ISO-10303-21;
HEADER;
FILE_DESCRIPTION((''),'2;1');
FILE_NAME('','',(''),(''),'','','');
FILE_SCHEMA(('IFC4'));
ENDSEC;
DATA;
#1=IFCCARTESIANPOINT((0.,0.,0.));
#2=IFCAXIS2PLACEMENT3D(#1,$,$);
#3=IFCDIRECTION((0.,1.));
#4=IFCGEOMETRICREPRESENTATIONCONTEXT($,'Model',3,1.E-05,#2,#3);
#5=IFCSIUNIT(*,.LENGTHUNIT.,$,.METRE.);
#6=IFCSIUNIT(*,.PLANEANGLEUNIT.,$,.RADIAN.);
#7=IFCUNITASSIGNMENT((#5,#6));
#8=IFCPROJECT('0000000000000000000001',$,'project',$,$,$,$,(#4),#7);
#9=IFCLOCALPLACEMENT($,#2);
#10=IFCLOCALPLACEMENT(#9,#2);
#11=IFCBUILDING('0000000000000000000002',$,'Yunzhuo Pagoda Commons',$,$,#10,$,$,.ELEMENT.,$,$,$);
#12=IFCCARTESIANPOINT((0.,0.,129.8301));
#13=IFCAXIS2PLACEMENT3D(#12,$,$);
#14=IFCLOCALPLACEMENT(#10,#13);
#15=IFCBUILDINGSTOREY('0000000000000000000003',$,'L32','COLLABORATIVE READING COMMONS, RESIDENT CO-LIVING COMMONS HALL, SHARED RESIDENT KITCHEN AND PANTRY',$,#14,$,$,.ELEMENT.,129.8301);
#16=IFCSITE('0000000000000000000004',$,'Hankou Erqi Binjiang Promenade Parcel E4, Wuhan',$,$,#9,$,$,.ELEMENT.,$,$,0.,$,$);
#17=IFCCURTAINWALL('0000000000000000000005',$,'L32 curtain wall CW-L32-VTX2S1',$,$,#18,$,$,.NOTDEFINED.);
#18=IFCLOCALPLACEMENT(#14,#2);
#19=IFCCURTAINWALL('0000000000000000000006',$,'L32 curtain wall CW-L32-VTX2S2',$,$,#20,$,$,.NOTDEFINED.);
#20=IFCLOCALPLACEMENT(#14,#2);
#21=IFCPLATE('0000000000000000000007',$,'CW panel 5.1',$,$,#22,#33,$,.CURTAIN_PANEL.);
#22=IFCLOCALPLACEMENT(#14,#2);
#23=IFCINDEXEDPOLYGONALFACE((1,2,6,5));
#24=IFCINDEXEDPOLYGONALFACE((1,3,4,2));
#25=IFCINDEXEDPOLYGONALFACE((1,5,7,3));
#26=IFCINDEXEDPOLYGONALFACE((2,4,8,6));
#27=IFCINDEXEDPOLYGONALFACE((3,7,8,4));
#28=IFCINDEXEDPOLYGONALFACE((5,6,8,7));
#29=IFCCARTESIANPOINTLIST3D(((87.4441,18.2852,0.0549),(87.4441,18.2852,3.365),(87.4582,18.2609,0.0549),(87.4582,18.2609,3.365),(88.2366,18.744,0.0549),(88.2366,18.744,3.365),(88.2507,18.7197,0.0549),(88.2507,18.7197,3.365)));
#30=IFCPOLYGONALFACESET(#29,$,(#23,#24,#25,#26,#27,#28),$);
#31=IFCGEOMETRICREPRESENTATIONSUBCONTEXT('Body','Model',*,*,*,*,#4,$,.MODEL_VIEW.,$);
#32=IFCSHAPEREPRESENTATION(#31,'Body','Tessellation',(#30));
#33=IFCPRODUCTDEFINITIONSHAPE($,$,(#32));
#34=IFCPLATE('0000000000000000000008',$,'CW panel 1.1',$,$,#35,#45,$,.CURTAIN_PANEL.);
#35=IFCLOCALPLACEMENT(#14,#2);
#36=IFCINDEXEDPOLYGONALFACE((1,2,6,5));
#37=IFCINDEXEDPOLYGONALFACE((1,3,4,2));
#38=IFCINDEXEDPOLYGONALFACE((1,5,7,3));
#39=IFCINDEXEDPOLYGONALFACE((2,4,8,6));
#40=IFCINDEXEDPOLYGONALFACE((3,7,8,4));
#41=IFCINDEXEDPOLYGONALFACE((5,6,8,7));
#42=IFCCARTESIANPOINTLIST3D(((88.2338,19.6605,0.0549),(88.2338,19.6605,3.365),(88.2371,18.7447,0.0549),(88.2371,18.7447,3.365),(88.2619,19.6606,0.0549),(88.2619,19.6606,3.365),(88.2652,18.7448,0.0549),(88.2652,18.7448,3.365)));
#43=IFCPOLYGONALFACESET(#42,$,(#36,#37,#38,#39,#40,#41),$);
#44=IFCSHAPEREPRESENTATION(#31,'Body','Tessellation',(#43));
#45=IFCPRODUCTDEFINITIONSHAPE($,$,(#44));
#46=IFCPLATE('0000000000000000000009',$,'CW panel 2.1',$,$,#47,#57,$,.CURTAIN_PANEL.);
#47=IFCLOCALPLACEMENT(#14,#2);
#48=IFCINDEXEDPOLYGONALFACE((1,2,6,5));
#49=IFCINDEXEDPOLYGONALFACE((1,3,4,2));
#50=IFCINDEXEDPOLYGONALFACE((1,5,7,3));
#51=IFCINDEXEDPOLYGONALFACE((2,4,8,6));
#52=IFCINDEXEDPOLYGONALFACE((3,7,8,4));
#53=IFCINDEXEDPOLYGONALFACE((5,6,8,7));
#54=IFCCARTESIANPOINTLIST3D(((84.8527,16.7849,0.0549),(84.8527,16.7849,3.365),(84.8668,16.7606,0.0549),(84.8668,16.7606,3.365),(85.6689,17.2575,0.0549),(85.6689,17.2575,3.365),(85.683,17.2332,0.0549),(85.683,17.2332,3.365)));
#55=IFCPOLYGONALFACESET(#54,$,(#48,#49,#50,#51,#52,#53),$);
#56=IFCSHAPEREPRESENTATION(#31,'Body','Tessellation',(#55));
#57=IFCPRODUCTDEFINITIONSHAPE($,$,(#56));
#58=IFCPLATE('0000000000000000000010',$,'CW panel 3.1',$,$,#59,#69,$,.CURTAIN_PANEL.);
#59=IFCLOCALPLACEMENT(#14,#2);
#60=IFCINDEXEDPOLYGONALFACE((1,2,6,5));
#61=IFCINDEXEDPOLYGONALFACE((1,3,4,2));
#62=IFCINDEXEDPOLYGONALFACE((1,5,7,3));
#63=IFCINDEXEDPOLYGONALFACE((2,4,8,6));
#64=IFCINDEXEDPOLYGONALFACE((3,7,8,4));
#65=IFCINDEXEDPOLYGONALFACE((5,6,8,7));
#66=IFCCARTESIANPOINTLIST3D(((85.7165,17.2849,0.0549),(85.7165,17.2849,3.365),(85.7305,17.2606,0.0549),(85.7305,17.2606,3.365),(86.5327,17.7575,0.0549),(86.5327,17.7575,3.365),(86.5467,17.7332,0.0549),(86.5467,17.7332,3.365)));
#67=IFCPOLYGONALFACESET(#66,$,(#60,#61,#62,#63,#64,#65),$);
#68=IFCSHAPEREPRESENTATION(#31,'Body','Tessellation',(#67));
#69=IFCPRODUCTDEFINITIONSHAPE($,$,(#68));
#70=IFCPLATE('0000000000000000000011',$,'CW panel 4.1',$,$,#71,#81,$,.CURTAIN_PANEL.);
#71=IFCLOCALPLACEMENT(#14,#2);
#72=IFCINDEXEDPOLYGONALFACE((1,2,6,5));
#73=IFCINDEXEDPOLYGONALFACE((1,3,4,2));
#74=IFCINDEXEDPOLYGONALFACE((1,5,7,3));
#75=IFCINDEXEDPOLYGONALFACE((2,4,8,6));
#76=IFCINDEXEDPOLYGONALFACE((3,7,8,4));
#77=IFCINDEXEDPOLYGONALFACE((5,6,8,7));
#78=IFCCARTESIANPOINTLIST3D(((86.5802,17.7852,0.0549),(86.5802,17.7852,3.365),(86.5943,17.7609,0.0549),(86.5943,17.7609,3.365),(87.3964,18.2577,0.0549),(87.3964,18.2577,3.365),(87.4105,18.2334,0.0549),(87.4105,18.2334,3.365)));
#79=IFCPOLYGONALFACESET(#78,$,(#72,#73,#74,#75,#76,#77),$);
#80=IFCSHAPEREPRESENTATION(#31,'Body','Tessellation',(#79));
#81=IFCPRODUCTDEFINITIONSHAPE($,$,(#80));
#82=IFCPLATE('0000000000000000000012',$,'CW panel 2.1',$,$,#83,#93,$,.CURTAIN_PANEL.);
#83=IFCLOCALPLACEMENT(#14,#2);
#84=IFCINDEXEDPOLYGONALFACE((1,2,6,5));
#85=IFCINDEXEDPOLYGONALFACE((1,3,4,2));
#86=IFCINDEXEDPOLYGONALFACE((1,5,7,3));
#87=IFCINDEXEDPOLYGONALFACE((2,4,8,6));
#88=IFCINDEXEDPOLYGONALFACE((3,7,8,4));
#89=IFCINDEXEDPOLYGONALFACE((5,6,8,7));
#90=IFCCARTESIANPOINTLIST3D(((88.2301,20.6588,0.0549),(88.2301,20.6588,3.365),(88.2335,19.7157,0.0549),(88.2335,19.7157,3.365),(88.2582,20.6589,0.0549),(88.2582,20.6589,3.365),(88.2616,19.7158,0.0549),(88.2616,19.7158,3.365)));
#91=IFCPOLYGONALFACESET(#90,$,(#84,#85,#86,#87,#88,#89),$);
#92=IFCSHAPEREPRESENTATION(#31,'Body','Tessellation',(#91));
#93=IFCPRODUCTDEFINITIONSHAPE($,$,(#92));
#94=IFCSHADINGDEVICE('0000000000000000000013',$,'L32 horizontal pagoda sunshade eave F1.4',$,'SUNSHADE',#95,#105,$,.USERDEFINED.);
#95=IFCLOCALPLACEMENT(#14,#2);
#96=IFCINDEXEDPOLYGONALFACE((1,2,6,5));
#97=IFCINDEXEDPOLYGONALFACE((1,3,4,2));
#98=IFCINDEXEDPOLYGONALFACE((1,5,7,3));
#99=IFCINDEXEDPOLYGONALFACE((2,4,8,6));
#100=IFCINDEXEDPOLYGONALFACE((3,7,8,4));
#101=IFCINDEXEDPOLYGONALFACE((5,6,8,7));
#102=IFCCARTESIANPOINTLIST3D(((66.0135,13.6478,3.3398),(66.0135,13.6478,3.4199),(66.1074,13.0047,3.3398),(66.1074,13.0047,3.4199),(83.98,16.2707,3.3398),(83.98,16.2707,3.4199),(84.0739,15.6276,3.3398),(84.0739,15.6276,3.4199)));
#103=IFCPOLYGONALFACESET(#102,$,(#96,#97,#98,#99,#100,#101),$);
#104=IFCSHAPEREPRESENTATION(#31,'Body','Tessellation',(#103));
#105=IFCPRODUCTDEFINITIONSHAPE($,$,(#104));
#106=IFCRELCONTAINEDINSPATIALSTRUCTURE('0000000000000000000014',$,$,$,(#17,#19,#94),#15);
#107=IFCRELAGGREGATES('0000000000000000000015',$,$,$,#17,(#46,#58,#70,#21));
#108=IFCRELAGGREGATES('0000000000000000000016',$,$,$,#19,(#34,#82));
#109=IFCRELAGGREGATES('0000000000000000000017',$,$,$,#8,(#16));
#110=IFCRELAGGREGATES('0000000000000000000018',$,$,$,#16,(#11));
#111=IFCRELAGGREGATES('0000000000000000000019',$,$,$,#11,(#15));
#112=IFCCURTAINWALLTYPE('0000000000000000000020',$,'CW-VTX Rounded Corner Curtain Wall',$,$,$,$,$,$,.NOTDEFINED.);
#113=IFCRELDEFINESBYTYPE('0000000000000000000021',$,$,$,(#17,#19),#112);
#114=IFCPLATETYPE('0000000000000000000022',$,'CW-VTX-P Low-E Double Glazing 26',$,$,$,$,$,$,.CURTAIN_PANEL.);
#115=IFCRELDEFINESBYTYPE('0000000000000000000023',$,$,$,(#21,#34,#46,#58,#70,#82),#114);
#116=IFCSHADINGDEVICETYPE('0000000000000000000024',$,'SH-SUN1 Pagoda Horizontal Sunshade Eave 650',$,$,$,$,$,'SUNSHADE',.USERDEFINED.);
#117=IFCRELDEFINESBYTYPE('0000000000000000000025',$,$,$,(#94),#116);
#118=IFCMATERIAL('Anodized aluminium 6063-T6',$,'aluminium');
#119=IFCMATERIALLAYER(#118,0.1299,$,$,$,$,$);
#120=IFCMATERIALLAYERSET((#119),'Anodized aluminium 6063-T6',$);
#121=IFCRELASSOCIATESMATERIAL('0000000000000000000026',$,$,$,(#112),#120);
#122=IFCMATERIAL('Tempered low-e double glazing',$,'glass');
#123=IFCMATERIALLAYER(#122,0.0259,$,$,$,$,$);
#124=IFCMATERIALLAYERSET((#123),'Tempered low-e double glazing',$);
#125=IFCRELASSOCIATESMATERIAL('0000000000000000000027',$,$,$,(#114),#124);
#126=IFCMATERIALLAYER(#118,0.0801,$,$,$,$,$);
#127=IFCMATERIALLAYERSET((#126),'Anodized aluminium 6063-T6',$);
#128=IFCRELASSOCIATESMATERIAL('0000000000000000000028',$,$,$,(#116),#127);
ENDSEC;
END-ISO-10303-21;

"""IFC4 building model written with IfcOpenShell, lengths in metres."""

from ifc_helpers import new_model, si_unit, direction, frame, origin, origin_2d, place, context, subcontext, project, spatial, rectangle, extrude, source, transform, mapped, material, layer, layer_set, type_object, element, aggregate, save


model = new_model("IFC4")

# Units and contexts
model_context = context("Model", 3, precision=1e-05, world=origin(), true_north=direction((0.0, 1.0)))
body_context = subcontext(model_context, "Body", "Model", "MODEL_VIEW")
ifc_project = project(units=[si_unit("LENGTHUNIT", "METRE"), si_unit("PLANEANGLEUNIT", "RADIAN")], contexts=[model_context])

# Site, building, storey
site_placement = place(None, origin())
site = spatial("IfcSite", under=ifc_project, at=site_placement, Name="Hankou Erqi Binjiang Promenade Parcel E4, Wuhan", CompositionType="ELEMENT", RefElevation=0.0)
building_placement = place(site_placement, origin())
building = spatial("IfcBuilding", under=site, at=building_placement, Name="Yunzhuo Pagoda Commons", CompositionType="ELEMENT")
storey_placement = place(building_placement, frame((0.0, 0.0, 129.8301)))
storey = spatial("IfcBuildingStorey", under=building, at=storey_placement, Name="L32", Description="COLLABORATIVE READING COMMONS, RESIDENT CO-LIVING COMMONS HALL, SHARED RESIDENT KITCHEN AND PANTRY", CompositionType="ELEMENT", Elevation=129.8301)

# Shared definitions
ifc_material_1 = material(Name="Anodized aluminium 6063-T6", Category="aluminium")

# Curtain wall
ifc_layer_1 = layer(ifc_material_1, 0.1299)
ifc_layer_set_1 = layer_set([ifc_layer_1], Name="Anodized aluminium 6063-T6")
curtain_wall_type_1 = type_object("IfcCurtainWallType", Name="CW-VTX Rounded Corner Curtain Wall", PredefinedType="NOTDEFINED", material=ifc_layer_set_1)
curtain_wall_1_placement = place(storey_placement, origin())
curtain_wall_1 = element("IfcCurtainWall", 1, at=curtain_wall_1_placement, inside=storey, type_object=curtain_wall_type_1, Name="L32 curtain wall CW-L32-VTX2S1", PredefinedType="NOTDEFINED")

# Curtain wall
curtain_wall_2_placement = place(storey_placement, origin())
curtain_wall_2 = element("IfcCurtainWall", 2, at=curtain_wall_2_placement, inside=storey, type_object=curtain_wall_type_1, Name="L32 curtain wall CW-L32-VTX2S2", PredefinedType="NOTDEFINED")

# Plates
ifc_material_2 = material(Name="Tempered low-e double glazing", Category="glass")
ifc_layer_2 = layer(ifc_material_2, 0.0259)
ifc_layer_set_2 = layer_set([ifc_layer_2], Name="Tempered low-e double glazing")
plate_type = type_object("IfcPlateType", Name="CW-VTX-P Low-E Double Glazing 26", PredefinedType="CURTAIN_PANEL", material=ifc_layer_set_2)
shared_shape_1 = source(origin(), body_context, "Body", "SweptSolid", [
    extrude(rectangle(XDim=0.9158, YDim=0.0281, at=origin_2d()), origin(), (0.0, 0.0, 1.0), 3.3101),
])
plate_1_placement = place(storey_placement, frame((87.8474, 18.5024, 0.0549), z_axis=(0.0, 0.0, 1.0), x_axis=(0.865425, 0.501038, 0.0)))
plate_1 = element("IfcPlate", 3, at=plate_1_placement, type_object=plate_type, Name="CW panel 5.1", PredefinedType="CURTAIN_PANEL", context=body_context, shape_type="MappedRepresentation", body=[
    mapped(shared_shape_1, transform((0.0, 0.0, 0.0), scale=1.0)),
])
plate_2_placement = place(storey_placement, frame((88.2495, 19.2026, 0.0549), z_axis=(0.0, 0.0, 1.0), x_axis=(-0.003587, 0.999994, 0.0)))
plate_2 = element("IfcPlate", 4, at=plate_2_placement, type_object=plate_type, Name="CW panel 1.1", PredefinedType="CURTAIN_PANEL", context=body_context, shape_type="MappedRepresentation", body=[
    mapped(shared_shape_1, transform((0.0, 0.0, 0.0), scale=1.0)),
])
shared_shape_2 = source(origin(), body_context, "Body", "SweptSolid", [
    extrude(rectangle(XDim=0.9431, YDim=0.0281, at=origin_2d()), origin(), (0.0, 0.0, 1.0), 3.3101),
])
plate_3_placement = place(storey_placement, frame((85.2678, 17.009, 0.0549), z_axis=(0.0, 0.0, 1.0), x_axis=(0.865425, 0.501038, 0.0)))
plate_3 = element("IfcPlate", 5, at=plate_3_placement, type_object=plate_type, Name="CW panel 2.1", PredefinedType="CURTAIN_PANEL", context=body_context, shape_type="MappedRepresentation", body=[
    mapped(shared_shape_2, transform((0.0, 0.0, 0.0), scale=1.0)),
])
plate_4_placement = place(storey_placement, frame((86.1316, 17.509, 0.0549), z_axis=(0.0, 0.0, 1.0), x_axis=(0.865425, 0.501038, 0.0)))
plate_4 = element("IfcPlate", 6, at=plate_4_placement, type_object=plate_type, Name="CW panel 3.1", PredefinedType="CURTAIN_PANEL", context=body_context, shape_type="MappedRepresentation", body=[
    mapped(shared_shape_2, transform((0.0, 0.0, 0.0), scale=1.0)),
])
plate_5_placement = place(storey_placement, frame((86.9954, 18.0093, 0.0549), z_axis=(0.0, 0.0, 1.0), x_axis=(0.865425, 0.501038, 0.0)))
plate_5 = element("IfcPlate", 7, at=plate_5_placement, type_object=plate_type, Name="CW panel 4.1", PredefinedType="CURTAIN_PANEL", context=body_context, shape_type="MappedRepresentation", body=[
    mapped(shared_shape_2, transform((0.0, 0.0, 0.0), scale=1.0)),
])
aggregate(curtain_wall_1, [plate_3, plate_4, plate_5, plate_1])
plate_6_placement = place(storey_placement, frame((88.2458, 20.1873, 0.0549), z_axis=(0.0, 0.0, 1.0), x_axis=(-0.003587, 0.999994, 0.0)))
plate_6 = element("IfcPlate", 8, at=plate_6_placement, type_object=plate_type, Name="CW panel 2.1", PredefinedType="CURTAIN_PANEL", context=body_context, shape_type="MappedRepresentation", body=[
    mapped(shared_shape_2, transform((0.0, 0.0, 0.0), scale=1.0)),
])
aggregate(curtain_wall_2, [plate_2, plate_6])

# Shading device
ifc_layer_3 = layer(ifc_material_1, 0.0801)
ifc_layer_set_3 = layer_set([ifc_layer_3], Name="Anodized aluminium 6063-T6")
shading_device_type = type_object("IfcShadingDeviceType", Name="SH-SUN1 Pagoda Horizontal Sunshade Eave 650", ElementType="SUNSHADE", PredefinedType="USERDEFINED", material=ifc_layer_set_3)
shared_shape_3 = source(origin(), body_context, "Body", "SweptSolid", [
    extrude(rectangle(XDim=18.157, YDim=0.6499, at=origin_2d()), origin(), (0.0, 0.0, 1.0), 0.0801),
])
shading_device_placement = place(storey_placement, frame((75.0437, 14.6377, 3.3398), z_axis=(0.0, 0.0, 1.0), x_axis=(0.989511, 0.14446, 0.0)))
element("IfcShadingDevice", 9, at=shading_device_placement, inside=storey, type_object=shading_device_type, Name="L32 horizontal pagoda sunshade eave F1.4", ObjectType="SUNSHADE", PredefinedType="USERDEFINED", context=body_context, shape_type="MappedRepresentation", body=[
    mapped(shared_shape_3, transform((0.0, 0.0, 0.0), scale=1.0)),
])

save(model, "model.ifc")
